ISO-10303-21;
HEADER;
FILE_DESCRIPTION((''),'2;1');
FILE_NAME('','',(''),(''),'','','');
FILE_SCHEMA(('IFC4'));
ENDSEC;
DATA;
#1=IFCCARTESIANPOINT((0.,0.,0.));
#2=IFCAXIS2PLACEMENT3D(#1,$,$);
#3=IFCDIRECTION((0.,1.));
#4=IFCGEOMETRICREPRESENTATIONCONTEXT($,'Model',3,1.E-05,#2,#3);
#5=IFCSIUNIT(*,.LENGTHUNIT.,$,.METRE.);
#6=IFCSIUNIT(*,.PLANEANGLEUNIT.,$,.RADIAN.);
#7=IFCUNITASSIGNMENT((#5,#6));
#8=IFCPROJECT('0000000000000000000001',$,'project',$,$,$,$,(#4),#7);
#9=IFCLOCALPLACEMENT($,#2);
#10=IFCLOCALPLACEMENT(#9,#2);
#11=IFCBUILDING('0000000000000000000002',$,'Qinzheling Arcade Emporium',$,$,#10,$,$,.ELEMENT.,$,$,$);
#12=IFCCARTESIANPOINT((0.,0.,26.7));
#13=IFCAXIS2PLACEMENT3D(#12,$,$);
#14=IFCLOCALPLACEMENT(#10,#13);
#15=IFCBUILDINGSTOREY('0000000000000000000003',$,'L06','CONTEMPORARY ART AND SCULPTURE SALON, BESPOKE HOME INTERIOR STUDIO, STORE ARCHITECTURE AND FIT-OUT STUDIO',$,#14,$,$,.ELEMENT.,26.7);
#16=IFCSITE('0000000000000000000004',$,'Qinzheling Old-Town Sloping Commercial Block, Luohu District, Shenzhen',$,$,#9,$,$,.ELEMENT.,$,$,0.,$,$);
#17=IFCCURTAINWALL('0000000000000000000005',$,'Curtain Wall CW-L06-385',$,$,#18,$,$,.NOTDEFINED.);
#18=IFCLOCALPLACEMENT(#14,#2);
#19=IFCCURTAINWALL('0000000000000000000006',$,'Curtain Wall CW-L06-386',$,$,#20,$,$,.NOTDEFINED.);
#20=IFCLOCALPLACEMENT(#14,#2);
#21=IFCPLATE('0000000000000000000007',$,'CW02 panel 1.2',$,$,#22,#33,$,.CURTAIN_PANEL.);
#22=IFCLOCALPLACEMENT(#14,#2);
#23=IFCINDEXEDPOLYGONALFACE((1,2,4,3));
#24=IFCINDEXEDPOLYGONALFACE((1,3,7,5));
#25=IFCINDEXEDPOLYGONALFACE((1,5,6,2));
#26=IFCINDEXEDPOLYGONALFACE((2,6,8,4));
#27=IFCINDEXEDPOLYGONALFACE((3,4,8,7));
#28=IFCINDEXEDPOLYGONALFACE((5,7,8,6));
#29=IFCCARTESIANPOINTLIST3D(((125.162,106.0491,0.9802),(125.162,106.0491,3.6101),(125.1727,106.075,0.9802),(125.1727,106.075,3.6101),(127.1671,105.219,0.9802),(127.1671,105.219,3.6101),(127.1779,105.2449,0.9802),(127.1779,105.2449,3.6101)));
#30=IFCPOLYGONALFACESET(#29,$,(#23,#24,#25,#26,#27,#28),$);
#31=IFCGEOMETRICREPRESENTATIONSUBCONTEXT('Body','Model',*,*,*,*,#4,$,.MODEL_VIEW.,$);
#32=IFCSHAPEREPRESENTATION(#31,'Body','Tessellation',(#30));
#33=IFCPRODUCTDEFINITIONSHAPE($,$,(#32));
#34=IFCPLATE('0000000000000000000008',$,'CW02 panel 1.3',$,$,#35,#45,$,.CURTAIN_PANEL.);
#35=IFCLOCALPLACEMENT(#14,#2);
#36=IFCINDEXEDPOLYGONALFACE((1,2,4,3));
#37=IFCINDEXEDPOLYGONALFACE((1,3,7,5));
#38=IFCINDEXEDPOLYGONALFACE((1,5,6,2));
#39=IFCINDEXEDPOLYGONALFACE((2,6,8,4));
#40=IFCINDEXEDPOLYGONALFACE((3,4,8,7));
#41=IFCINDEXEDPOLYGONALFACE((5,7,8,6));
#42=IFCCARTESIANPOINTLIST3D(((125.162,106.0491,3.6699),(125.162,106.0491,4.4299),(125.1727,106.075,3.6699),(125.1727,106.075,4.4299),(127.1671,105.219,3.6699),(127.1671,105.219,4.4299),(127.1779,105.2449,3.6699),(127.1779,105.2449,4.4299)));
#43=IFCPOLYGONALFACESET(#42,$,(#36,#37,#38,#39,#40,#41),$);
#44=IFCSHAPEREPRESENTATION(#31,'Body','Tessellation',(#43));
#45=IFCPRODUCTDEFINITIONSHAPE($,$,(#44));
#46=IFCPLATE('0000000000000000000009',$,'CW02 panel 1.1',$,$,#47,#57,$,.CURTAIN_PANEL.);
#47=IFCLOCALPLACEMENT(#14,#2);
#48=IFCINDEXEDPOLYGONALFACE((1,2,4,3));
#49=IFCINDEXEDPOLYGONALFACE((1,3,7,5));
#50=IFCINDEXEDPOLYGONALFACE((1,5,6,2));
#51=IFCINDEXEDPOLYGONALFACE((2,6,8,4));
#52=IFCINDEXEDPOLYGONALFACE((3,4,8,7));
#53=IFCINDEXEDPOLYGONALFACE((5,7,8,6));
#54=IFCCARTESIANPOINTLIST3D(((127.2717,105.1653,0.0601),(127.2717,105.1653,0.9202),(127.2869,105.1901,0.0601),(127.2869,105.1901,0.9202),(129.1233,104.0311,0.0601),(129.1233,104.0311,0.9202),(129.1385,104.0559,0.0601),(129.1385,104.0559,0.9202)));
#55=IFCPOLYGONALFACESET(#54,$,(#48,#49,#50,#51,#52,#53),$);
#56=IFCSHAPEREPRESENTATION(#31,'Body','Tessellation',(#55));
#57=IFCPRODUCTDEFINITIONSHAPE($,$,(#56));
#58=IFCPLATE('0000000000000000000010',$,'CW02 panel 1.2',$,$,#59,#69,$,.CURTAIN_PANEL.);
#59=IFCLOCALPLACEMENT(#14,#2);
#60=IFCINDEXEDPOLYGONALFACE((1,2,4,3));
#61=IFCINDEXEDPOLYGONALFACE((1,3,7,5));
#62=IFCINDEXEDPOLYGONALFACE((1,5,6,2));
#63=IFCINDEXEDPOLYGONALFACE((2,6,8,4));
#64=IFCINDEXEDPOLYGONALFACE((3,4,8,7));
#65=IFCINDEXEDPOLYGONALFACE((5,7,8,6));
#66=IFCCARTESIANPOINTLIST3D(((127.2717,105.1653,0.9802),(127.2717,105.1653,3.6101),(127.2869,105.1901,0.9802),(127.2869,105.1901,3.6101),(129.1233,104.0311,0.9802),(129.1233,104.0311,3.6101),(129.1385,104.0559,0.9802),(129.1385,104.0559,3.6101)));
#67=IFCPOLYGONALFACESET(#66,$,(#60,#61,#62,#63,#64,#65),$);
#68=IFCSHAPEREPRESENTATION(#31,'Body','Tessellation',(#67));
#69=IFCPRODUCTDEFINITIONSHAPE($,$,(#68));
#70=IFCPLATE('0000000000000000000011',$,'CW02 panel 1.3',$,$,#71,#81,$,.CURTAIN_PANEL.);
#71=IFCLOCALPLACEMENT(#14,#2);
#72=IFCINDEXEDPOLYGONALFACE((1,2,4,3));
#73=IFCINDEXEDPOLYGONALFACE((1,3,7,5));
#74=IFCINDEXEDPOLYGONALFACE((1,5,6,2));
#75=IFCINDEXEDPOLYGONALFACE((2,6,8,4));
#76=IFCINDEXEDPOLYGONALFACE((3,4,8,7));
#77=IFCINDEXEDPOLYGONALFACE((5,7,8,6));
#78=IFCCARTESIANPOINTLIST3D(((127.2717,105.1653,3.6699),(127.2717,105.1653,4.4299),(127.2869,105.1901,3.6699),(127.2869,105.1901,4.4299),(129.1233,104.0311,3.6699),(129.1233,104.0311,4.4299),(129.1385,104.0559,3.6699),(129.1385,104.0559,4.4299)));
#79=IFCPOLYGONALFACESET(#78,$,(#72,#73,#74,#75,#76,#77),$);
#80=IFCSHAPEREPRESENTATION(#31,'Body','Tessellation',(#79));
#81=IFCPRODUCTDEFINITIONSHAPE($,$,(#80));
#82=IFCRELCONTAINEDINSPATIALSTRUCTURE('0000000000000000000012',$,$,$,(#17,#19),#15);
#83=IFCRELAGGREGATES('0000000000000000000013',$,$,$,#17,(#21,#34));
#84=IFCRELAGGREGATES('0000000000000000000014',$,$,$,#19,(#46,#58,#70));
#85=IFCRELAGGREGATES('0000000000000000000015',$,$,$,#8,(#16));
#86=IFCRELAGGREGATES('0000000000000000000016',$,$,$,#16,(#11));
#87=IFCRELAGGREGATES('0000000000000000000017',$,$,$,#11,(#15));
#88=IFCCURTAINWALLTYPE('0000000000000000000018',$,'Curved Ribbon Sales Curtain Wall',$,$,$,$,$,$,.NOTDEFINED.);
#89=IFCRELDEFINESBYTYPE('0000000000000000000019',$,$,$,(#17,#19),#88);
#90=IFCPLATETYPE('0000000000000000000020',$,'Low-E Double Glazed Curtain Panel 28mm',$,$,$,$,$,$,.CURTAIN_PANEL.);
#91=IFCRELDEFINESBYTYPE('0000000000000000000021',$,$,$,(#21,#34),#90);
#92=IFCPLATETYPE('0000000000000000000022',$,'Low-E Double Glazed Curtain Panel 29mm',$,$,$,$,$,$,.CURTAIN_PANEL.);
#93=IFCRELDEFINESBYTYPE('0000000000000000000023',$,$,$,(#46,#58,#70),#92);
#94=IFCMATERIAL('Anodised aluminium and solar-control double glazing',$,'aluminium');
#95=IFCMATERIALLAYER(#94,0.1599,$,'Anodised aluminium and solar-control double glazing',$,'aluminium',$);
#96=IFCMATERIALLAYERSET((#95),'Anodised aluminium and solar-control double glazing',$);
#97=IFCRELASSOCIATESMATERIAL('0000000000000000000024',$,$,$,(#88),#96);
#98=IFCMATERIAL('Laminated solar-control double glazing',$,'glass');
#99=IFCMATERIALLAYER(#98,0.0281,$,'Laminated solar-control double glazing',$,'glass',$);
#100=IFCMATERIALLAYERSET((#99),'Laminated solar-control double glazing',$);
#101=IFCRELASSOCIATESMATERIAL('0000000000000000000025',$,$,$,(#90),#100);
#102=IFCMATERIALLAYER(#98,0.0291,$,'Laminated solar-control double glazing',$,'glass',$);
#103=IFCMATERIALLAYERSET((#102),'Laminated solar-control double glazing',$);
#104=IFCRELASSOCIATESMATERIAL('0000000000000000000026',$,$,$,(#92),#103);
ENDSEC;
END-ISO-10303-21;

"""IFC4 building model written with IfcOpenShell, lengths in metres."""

from ifc_helpers import new_model, si_unit, direction, frame, origin, origin_2d, place, context, subcontext, project, spatial, rectangle, extrude, material, layer, layer_set, type_object, element, aggregate, save


model = new_model("IFC4")

# Units and contexts
model_context = context("Model", 3, precision=1e-05, world=origin(), true_north=direction((0.0, 1.0)))
body_context = subcontext(model_context, "Body", "Model", "MODEL_VIEW")
ifc_project = project(units=[si_unit("LENGTHUNIT", "METRE"), si_unit("PLANEANGLEUNIT", "RADIAN")], contexts=[model_context])

# Site, building, storey
site_placement = place(None, origin())
site = spatial("IfcSite", under=ifc_project, at=site_placement, Name="Qinzheling Old-Town Sloping Commercial Block, Luohu District, Shenzhen", CompositionType="ELEMENT", RefElevation=0.0)
building_placement = place(site_placement, origin())
building = spatial("IfcBuilding", under=site, at=building_placement, Name="Qinzheling Arcade Emporium", CompositionType="ELEMENT")
storey_placement = place(building_placement, frame((0.0, 0.0, 26.7)))
storey = spatial("IfcBuildingStorey", under=building, at=storey_placement, Name="L06", Description="CONTEMPORARY ART AND SCULPTURE SALON, BESPOKE HOME INTERIOR STUDIO, STORE ARCHITECTURE AND FIT-OUT STUDIO", CompositionType="ELEMENT", Elevation=26.7)

# Shared definitions
ifc_material_1 = material(Name="Anodised aluminium and solar-control double glazing", Category="aluminium")
ifc_layer_1 = layer(ifc_material_1, 0.1599, Name="Anodised aluminium and solar-control double glazing", Category="aluminium")
ifc_layer_set_1 = layer_set([ifc_layer_1], Name="Anodised aluminium and solar-control double glazing")
curtain_wall_type = type_object("IfcCurtainWallType", Name="Curved Ribbon Sales Curtain Wall", PredefinedType="NOTDEFINED", material=ifc_layer_set_1)

# Curtain walls
curtain_wall_1_placement = place(storey_placement, origin())
curtain_wall_1 = element("IfcCurtainWall", 1, at=curtain_wall_1_placement, inside=storey, type_object=curtain_wall_type, Name="Curtain Wall CW-L06-385", PredefinedType="NOTDEFINED")
curtain_wall_2_placement = place(storey_placement, origin())
curtain_wall_2 = element("IfcCurtainWall", 2, at=curtain_wall_2_placement, inside=storey, type_object=curtain_wall_type, Name="Curtain Wall CW-L06-386", PredefinedType="NOTDEFINED")

# Plates
ifc_material_2 = material(Name="Laminated solar-control double glazing", Category="glass")
ifc_layer_2 = layer(ifc_material_2, 0.0281, Name="Laminated solar-control double glazing", Category="glass")
ifc_layer_set_2 = layer_set([ifc_layer_2], Name="Laminated solar-control double glazing")
plate_type_1 = type_object("IfcPlateType", Name="Low-E Double Glazed Curtain Panel 28mm", PredefinedType="CURTAIN_PANEL", material=ifc_layer_set_2)
plate_1_placement = place(storey_placement, frame((126.1699, 105.647, 0.9802), z_axis=(0.0, 0.0, 1.0), x_axis=(0.923953, -0.382506, 0.0)))
plate_1 = element("IfcPlate", 3, at=plate_1_placement, type_object=plate_type_1, Name="CW02 panel 1.2", PredefinedType="CURTAIN_PANEL", context=body_context, shape_type="SweptSolid", body=[
    extrude(rectangle(XDim=2.1702, YDim=0.0281, at=origin_2d()), origin(), (0.0, 0.0, 1.0), 2.6299),
])
plate_2_placement = place(storey_placement, frame((126.1699, 105.647, 3.6699), z_axis=(0.0, 0.0, 1.0), x_axis=(0.923953, -0.382506, 0.0)))
plate_2 = element("IfcPlate", 4, at=plate_2_placement, type_object=plate_type_1, Name="CW02 panel 1.3", PredefinedType="CURTAIN_PANEL", context=body_context, shape_type="SweptSolid", body=[
    extrude(rectangle(XDim=2.1702, YDim=0.0281, at=origin_2d()), origin(), (0.0, 0.0, 1.0), 0.76),
])
aggregate(curtain_wall_1, [plate_1, plate_2])
ifc_layer_3 = layer(ifc_material_2, 0.0291, Name="Laminated solar-control double glazing", Category="glass")
ifc_layer_set_3 = layer_set([ifc_layer_3], Name="Laminated solar-control double glazing")
plate_type_2 = type_object("IfcPlateType", Name="Low-E Double Glazed Curtain Panel 29mm", PredefinedType="CURTAIN_PANEL", material=ifc_layer_set_3)
plate_3_placement = place(storey_placement, frame((128.2051, 104.6106, 0.0601), z_axis=(0.0, 0.0, 1.0), x_axis=(0.85272, -0.522368, 0.0)))
plate_3 = element("IfcPlate", 5, at=plate_3_placement, type_object=plate_type_2, Name="CW02 panel 1.1", PredefinedType="CURTAIN_PANEL", context=body_context, shape_type="SweptSolid", body=[
    extrude(rectangle(XDim=2.1714, YDim=0.0291, at=origin_2d()), origin(), (0.0, 0.0, 1.0), 0.8601),
])
plate_4_placement = place(storey_placement, frame((128.2051, 104.6106, 0.9802), z_axis=(0.0, 0.0, 1.0), x_axis=(0.85272, -0.522368, 0.0)))
plate_4 = element("IfcPlate", 6, at=plate_4_placement, type_object=plate_type_2, Name="CW02 panel 1.2", PredefinedType="CURTAIN_PANEL", context=body_context, shape_type="SweptSolid", body=[
    extrude(rectangle(XDim=2.1714, YDim=0.0291, at=origin_2d()), origin(), (0.0, 0.0, 1.0), 2.6299),
])
plate_5_placement = place(storey_placement, frame((128.2051, 104.6106, 3.6699), z_axis=(0.0, 0.0, 1.0), x_axis=(0.85272, -0.522368, 0.0)))
plate_5 = element("IfcPlate", 7, at=plate_5_placement, type_object=plate_type_2, Name="CW02 panel 1.3", PredefinedType="CURTAIN_PANEL", context=body_context, shape_type="SweptSolid", body=[
    extrude(rectangle(XDim=2.1714, YDim=0.0291, at=origin_2d()), origin(), (0.0, 0.0, 1.0), 0.76),
])
aggregate(curtain_wall_2, [plate_3, plate_4, plate_5])

save(model, "model.ifc")
